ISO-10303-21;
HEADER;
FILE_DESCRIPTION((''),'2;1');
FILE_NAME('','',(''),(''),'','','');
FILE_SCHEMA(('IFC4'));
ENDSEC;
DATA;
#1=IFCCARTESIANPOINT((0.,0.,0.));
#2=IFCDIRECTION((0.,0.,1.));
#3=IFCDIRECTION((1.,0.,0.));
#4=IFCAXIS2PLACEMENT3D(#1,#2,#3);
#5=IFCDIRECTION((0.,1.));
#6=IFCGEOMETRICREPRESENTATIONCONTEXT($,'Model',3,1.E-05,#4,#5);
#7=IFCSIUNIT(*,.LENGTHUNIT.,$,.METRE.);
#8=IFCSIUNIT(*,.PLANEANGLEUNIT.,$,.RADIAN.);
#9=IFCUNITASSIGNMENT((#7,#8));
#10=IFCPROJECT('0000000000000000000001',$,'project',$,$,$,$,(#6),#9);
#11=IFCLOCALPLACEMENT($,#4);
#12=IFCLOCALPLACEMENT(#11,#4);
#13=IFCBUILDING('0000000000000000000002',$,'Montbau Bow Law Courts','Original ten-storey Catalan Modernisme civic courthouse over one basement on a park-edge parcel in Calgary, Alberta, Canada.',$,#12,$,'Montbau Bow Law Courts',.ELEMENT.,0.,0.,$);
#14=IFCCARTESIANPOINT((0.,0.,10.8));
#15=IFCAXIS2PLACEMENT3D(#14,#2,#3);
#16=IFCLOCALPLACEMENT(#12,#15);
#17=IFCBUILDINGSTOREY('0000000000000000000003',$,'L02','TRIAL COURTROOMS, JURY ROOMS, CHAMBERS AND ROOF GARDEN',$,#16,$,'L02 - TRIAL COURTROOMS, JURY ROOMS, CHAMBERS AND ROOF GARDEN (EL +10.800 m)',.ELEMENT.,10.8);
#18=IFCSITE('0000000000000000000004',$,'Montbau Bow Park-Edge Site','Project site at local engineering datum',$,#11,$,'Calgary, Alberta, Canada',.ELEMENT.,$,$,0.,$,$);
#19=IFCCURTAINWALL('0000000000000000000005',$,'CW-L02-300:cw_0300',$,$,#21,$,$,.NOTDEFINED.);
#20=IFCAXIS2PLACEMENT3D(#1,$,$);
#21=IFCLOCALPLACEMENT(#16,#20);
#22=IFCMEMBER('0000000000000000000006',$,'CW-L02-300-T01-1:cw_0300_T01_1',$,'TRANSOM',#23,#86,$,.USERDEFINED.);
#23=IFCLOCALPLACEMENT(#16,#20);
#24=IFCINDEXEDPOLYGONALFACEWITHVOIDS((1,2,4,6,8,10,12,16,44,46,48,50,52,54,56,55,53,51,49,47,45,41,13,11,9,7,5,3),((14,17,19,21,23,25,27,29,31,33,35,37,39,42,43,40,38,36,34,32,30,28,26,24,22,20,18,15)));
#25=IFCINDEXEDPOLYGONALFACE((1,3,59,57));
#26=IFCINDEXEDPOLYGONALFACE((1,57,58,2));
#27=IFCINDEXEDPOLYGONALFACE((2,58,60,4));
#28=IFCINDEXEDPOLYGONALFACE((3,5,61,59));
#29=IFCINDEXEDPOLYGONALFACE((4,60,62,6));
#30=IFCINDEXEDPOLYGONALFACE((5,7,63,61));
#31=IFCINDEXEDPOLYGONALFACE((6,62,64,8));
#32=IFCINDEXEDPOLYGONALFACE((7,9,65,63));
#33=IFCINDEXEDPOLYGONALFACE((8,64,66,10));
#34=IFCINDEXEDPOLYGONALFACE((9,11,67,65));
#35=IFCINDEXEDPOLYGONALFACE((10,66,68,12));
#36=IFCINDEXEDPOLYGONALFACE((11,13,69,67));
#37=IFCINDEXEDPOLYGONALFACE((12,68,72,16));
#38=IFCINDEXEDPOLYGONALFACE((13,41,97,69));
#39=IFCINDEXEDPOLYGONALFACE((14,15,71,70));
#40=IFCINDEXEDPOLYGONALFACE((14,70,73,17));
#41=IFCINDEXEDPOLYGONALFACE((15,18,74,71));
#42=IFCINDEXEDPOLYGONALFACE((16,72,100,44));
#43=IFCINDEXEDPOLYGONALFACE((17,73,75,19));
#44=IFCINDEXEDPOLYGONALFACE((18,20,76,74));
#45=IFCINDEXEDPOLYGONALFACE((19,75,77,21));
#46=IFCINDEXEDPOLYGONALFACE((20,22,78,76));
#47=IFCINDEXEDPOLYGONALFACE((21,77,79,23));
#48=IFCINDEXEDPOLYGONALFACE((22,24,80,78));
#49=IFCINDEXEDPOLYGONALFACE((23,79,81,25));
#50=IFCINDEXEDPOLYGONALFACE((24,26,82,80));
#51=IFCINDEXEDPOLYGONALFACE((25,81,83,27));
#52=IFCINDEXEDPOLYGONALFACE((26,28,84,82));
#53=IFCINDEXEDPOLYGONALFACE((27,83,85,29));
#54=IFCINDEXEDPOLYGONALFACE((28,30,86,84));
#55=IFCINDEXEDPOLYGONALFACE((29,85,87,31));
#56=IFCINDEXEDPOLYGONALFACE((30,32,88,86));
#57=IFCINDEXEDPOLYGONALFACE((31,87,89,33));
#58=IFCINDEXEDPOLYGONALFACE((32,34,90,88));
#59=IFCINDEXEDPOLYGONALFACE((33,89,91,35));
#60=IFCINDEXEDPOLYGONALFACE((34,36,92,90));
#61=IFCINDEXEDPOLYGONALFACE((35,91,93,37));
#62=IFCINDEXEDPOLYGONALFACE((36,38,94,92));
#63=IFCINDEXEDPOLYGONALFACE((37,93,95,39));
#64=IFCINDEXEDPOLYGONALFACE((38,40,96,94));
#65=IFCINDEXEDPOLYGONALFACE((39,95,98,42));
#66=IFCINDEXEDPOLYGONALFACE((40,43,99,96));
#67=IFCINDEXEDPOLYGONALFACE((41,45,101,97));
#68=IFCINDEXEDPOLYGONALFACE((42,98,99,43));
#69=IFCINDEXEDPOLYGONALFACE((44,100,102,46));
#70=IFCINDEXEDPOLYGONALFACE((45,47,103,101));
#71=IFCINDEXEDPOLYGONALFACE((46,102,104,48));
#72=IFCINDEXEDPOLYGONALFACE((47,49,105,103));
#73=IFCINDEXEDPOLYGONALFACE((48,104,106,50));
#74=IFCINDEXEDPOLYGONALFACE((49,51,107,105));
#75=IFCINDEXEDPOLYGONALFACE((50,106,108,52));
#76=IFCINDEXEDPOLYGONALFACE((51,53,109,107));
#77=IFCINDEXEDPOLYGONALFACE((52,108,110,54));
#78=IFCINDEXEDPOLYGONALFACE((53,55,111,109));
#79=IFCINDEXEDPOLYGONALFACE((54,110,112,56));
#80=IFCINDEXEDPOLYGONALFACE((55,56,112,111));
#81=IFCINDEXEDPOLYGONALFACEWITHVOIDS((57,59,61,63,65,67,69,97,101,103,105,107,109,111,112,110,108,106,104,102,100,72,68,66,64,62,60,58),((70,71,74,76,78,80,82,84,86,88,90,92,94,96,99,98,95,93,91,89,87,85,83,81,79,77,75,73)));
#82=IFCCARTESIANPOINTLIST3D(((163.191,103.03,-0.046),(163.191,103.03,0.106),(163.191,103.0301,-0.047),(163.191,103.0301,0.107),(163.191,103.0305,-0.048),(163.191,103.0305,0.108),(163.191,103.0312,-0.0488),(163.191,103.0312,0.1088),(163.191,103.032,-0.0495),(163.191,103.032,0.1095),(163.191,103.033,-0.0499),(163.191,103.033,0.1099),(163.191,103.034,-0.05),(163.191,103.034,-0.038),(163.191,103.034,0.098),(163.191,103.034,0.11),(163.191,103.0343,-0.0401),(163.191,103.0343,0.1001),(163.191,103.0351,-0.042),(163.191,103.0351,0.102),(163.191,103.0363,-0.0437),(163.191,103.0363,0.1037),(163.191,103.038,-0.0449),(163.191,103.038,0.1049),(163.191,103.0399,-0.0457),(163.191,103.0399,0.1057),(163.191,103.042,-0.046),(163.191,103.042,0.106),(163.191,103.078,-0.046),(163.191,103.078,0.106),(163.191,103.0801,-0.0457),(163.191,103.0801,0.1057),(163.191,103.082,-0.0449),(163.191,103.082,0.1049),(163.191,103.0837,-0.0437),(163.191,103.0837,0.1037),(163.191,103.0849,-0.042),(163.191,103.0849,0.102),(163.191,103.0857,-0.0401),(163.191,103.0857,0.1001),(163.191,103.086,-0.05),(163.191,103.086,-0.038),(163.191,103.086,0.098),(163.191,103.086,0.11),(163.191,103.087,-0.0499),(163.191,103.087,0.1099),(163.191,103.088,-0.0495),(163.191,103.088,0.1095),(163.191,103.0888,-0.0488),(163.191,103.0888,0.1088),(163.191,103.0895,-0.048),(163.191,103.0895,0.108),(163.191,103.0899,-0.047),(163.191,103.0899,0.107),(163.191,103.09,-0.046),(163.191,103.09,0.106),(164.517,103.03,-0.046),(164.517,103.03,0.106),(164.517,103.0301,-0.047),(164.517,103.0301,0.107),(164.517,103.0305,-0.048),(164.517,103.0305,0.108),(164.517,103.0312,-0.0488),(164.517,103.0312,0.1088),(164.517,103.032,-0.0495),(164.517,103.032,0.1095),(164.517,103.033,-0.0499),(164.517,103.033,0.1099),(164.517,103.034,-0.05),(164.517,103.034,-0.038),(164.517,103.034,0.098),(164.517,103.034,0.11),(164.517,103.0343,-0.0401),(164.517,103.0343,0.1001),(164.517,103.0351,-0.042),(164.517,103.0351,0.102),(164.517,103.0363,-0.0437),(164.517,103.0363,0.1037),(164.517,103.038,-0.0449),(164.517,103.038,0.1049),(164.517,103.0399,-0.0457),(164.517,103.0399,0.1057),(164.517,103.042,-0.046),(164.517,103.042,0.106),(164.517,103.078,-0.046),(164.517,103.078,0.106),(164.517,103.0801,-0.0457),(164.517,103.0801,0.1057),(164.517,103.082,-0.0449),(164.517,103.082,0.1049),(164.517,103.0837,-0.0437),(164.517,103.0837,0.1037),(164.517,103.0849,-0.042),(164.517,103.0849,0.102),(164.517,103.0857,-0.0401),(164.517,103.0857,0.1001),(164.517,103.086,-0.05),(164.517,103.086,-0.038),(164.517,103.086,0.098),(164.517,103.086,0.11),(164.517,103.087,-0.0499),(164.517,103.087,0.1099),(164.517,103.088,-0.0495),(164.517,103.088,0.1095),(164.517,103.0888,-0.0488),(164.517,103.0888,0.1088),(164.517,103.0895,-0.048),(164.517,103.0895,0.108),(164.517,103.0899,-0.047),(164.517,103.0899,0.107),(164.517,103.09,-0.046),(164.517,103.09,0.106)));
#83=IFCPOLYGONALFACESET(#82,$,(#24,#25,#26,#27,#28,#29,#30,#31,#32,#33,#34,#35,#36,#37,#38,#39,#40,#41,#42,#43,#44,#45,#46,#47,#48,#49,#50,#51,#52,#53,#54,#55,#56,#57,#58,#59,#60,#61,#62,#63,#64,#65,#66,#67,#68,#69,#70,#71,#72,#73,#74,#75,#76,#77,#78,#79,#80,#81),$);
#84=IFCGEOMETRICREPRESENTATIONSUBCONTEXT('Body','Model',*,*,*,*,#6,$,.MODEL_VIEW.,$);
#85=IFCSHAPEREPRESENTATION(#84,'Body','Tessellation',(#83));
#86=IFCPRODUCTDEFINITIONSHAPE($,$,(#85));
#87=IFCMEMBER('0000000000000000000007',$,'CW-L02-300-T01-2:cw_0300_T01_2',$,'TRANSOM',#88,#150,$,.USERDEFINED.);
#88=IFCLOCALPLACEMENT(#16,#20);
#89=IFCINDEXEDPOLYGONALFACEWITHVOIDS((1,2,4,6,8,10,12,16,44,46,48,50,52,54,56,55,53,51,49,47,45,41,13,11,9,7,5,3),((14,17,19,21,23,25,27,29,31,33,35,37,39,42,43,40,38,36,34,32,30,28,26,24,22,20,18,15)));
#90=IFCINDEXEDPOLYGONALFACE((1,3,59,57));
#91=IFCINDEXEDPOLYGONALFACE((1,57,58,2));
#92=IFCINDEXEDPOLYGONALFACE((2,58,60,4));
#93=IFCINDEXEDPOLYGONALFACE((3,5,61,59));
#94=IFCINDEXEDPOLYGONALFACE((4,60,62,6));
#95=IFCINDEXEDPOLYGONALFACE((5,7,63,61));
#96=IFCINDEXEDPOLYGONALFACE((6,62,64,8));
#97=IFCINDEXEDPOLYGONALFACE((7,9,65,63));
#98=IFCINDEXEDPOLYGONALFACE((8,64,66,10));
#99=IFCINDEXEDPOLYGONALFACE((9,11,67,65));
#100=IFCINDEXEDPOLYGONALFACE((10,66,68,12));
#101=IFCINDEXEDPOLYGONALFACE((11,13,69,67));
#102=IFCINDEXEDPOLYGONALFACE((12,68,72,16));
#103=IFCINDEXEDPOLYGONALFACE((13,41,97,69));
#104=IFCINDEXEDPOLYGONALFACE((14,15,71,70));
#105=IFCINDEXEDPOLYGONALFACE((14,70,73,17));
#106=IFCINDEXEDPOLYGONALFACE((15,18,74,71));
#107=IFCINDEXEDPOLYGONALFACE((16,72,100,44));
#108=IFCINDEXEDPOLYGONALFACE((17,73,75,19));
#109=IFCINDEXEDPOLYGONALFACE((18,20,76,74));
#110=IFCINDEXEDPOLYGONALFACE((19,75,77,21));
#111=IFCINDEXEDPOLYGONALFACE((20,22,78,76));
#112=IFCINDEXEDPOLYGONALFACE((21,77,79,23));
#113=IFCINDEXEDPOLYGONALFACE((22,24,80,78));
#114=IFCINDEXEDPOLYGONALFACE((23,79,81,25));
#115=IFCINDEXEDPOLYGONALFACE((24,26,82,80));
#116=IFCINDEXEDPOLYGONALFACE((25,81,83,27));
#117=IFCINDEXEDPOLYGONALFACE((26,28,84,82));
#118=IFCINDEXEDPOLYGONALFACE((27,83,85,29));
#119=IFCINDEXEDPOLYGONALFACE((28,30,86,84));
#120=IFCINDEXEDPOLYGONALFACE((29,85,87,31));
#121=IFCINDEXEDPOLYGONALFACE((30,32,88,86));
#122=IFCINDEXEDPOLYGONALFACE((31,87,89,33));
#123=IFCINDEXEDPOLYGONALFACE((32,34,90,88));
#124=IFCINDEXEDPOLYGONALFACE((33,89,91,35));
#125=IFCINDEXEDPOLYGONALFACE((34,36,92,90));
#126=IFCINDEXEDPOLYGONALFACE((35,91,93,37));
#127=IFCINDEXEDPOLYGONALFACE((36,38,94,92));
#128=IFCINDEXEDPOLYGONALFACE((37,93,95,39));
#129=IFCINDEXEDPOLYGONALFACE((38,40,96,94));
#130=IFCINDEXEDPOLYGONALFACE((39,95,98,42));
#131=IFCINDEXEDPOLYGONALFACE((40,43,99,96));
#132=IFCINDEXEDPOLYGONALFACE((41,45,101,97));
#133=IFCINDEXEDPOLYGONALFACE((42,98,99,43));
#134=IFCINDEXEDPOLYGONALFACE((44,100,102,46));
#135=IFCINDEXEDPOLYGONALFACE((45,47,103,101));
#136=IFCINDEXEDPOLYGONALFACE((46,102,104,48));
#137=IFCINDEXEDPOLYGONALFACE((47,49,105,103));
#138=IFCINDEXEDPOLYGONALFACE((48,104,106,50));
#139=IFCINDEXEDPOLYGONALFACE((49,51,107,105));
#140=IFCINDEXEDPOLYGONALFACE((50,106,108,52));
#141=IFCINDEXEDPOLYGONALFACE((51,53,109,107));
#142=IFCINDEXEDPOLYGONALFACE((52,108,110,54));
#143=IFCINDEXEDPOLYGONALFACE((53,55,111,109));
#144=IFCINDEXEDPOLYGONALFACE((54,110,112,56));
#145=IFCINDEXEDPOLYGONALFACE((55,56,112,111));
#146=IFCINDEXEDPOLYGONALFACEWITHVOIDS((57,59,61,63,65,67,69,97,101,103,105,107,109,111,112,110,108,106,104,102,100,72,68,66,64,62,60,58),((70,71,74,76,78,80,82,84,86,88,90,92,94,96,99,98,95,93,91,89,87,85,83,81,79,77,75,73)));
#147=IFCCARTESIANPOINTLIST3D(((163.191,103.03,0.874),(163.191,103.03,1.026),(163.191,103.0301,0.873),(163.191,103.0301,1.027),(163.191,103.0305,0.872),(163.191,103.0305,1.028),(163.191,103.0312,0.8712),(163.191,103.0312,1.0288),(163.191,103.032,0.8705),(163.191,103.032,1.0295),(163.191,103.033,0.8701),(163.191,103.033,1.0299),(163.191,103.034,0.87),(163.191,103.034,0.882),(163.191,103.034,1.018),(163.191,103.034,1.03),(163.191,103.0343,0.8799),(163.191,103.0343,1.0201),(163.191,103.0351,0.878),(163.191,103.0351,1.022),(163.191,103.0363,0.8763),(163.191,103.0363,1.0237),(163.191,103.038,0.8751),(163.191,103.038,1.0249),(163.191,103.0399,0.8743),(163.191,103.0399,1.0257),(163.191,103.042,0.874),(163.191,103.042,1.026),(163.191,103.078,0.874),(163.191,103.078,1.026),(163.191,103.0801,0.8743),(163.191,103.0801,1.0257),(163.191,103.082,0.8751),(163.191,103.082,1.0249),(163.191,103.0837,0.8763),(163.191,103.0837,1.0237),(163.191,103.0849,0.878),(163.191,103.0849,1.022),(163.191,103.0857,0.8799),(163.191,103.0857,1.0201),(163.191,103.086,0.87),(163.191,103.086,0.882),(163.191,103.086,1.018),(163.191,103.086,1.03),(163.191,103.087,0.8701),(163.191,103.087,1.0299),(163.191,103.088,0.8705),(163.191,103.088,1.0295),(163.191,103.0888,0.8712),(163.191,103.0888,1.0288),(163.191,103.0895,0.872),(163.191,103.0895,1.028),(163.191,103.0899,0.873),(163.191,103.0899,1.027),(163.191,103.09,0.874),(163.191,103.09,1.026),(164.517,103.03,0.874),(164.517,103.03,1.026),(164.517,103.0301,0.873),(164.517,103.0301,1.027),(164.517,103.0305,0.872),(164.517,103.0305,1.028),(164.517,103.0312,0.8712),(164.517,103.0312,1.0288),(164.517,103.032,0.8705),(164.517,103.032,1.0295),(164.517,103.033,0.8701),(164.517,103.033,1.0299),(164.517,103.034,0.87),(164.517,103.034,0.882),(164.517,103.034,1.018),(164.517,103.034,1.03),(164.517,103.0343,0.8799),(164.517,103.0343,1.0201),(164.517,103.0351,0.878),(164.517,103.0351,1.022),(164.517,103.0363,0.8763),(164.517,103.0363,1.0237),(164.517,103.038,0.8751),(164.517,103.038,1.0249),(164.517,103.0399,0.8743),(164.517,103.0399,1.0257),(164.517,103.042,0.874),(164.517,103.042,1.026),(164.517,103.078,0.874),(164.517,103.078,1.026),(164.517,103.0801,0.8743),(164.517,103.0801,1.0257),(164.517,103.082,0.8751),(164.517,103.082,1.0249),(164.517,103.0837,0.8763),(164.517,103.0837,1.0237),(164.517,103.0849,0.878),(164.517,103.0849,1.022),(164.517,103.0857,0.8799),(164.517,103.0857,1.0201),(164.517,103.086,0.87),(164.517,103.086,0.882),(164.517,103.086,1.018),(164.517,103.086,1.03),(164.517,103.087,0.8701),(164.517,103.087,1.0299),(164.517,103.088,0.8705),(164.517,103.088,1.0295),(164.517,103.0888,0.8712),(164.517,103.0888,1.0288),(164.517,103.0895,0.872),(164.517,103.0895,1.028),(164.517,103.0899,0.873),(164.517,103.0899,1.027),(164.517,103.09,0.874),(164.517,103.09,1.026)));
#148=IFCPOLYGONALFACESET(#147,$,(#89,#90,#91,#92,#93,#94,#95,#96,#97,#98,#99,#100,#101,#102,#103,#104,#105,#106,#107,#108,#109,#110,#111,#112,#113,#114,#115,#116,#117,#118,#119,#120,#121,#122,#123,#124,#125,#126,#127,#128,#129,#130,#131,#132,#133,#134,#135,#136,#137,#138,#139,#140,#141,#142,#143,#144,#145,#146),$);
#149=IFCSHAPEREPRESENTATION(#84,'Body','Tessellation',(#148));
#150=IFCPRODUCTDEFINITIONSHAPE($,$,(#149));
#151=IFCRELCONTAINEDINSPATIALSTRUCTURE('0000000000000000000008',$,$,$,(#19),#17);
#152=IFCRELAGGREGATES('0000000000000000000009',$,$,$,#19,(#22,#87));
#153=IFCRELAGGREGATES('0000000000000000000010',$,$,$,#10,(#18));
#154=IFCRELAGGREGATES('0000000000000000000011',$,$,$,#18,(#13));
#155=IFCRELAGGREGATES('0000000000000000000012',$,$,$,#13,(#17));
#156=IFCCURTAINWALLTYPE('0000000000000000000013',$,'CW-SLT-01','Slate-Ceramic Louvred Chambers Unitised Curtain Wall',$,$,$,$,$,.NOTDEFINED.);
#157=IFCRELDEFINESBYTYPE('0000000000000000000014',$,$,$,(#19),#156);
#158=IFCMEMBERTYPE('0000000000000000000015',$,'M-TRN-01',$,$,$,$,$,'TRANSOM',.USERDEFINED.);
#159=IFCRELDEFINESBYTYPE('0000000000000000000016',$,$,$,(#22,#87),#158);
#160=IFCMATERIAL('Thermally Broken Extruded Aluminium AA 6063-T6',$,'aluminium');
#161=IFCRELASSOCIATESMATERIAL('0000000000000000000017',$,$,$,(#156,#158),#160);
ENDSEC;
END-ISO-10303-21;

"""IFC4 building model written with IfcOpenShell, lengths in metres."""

from ifc_helpers import new_model, si_unit, direction, frame, origin_with_axes, origin_2d_with_axis, place, context, subcontext, project, spatial, hollow_rectangle, extrude, material, material_profile, profile_set, type_object, element, aggregate, save


model = new_model("IFC4")

# Units and contexts
model_context = context("Model", 3, precision=1e-05, world=origin_with_axes(), true_north=direction((0.0, 1.0)))
body_context = subcontext(model_context, "Body", "Model", "MODEL_VIEW")
ifc_project = project(units=[si_unit("LENGTHUNIT", "METRE"), si_unit("PLANEANGLEUNIT", "RADIAN")], contexts=[model_context])

# Site, building, storey
site_placement = place(None, origin_with_axes())
site = spatial("IfcSite", under=ifc_project, at=site_placement, Name="Montbau Bow Park-Edge Site", Description="Project site at local engineering datum", LongName="Calgary, Alberta, Canada", CompositionType="ELEMENT", RefElevation=0.0)
building_placement = place(site_placement, origin_with_axes())
building = spatial("IfcBuilding", under=site, at=building_placement, Name="Montbau Bow Law Courts", Description="Original ten-storey Catalan Modernisme civic courthouse over one basement on a park-edge parcel in Calgary, Alberta, Canada.", LongName="Montbau Bow Law Courts", CompositionType="ELEMENT", ElevationOfRefHeight=0.0, ElevationOfTerrain=0.0)
storey_placement = place(building_placement, frame((0.0, 0.0, 10.8), z_axis=(0.0, 0.0, 1.0), x_axis=(1.0, 0.0, 0.0)))
storey = spatial("IfcBuildingStorey", under=building, at=storey_placement, Name="L02", Description="TRIAL COURTROOMS, JURY ROOMS, CHAMBERS AND ROOF GARDEN", LongName="L02 - TRIAL COURTROOMS, JURY ROOMS, CHAMBERS AND ROOF GARDEN (EL +10.800 m)", CompositionType="ELEMENT", Elevation=10.8)

# Curtain wall, members
ifc_material_1 = material(Name="Thermally Broken Extruded Aluminium AA 6063-T6", Category="aluminium")
curtain_wall_type = type_object("IfcCurtainWallType", Name="CW-SLT-01", Description="Slate-Ceramic Louvred Chambers Unitised Curtain Wall", PredefinedType="NOTDEFINED", material=ifc_material_1)
curtain_wall_placement = place(None, frame((163.115, 103.06, 10.8), z_axis=(0.0, 0.0, 1.0), x_axis=(1.0, 0.0, 0.0)))
curtain_wall = element("IfcCurtainWall", 1, at=curtain_wall_placement, inside=storey, type_object=curtain_wall_type, Name="CW-L02-300:cw_0300", PredefinedType="NOTDEFINED")
ifc_material_profile_1 = material_profile(ifc_material_1, hollow_rectangle(XDim=0.06, YDim=0.16, WallThickness=0.004, InnerFilletRadius=0.008, OuterFilletRadius=0.004, at=origin_2d_with_axis()), Name="CWT-160X60", Category="Main", Priority=0)
ifc_profile_set_1 = profile_set([ifc_material_profile_1], Name="Thermally Broken Extruded Aluminium AA 6063-T6")
member_type_1 = type_object("IfcMemberType", Name="M-TRN-01", ElementType="TRANSOM", PredefinedType="USERDEFINED", material=ifc_profile_set_1)
member_1_placement = place(None, frame((163.191, 103.06, 10.83), z_axis=(1.0, 0.0, 0.0), x_axis=(0.0, 1.0, 0.0)))
member_1 = element("IfcMember", 2, at=member_1_placement, type_object=member_type_1, Name="CW-L02-300-T01-1:cw_0300_T01_1", ObjectType="TRANSOM", PredefinedType="USERDEFINED", context=body_context, shape_type="SweptSolid", body=[
    extrude(hollow_rectangle(XDim=0.06, YDim=0.16, WallThickness=0.004, InnerFilletRadius=0.008, OuterFilletRadius=0.004, at=origin_2d_with_axis()), origin_with_axes(), (0.0, 0.0, 1.0), 1.326),
])
member_2_placement = place(None, frame((163.191, 103.06, 11.75), z_axis=(1.0, 0.0, 0.0), x_axis=(0.0, 1.0, 0.0)))
member_2 = element("IfcMember", 3, at=member_2_placement, type_object=member_type_1, Name="CW-L02-300-T01-2:cw_0300_T01_2", ObjectType="TRANSOM", PredefinedType="USERDEFINED", context=body_context, shape_type="SweptSolid", body=[
    extrude(hollow_rectangle(XDim=0.06, YDim=0.16, WallThickness=0.004, InnerFilletRadius=0.008, OuterFilletRadius=0.004, at=origin_2d_with_axis()), origin_with_axes(), (0.0, 0.0, 1.0), 1.326),
])
aggregate(curtain_wall, [member_1, member_2])

save(model, "model.ifc")
